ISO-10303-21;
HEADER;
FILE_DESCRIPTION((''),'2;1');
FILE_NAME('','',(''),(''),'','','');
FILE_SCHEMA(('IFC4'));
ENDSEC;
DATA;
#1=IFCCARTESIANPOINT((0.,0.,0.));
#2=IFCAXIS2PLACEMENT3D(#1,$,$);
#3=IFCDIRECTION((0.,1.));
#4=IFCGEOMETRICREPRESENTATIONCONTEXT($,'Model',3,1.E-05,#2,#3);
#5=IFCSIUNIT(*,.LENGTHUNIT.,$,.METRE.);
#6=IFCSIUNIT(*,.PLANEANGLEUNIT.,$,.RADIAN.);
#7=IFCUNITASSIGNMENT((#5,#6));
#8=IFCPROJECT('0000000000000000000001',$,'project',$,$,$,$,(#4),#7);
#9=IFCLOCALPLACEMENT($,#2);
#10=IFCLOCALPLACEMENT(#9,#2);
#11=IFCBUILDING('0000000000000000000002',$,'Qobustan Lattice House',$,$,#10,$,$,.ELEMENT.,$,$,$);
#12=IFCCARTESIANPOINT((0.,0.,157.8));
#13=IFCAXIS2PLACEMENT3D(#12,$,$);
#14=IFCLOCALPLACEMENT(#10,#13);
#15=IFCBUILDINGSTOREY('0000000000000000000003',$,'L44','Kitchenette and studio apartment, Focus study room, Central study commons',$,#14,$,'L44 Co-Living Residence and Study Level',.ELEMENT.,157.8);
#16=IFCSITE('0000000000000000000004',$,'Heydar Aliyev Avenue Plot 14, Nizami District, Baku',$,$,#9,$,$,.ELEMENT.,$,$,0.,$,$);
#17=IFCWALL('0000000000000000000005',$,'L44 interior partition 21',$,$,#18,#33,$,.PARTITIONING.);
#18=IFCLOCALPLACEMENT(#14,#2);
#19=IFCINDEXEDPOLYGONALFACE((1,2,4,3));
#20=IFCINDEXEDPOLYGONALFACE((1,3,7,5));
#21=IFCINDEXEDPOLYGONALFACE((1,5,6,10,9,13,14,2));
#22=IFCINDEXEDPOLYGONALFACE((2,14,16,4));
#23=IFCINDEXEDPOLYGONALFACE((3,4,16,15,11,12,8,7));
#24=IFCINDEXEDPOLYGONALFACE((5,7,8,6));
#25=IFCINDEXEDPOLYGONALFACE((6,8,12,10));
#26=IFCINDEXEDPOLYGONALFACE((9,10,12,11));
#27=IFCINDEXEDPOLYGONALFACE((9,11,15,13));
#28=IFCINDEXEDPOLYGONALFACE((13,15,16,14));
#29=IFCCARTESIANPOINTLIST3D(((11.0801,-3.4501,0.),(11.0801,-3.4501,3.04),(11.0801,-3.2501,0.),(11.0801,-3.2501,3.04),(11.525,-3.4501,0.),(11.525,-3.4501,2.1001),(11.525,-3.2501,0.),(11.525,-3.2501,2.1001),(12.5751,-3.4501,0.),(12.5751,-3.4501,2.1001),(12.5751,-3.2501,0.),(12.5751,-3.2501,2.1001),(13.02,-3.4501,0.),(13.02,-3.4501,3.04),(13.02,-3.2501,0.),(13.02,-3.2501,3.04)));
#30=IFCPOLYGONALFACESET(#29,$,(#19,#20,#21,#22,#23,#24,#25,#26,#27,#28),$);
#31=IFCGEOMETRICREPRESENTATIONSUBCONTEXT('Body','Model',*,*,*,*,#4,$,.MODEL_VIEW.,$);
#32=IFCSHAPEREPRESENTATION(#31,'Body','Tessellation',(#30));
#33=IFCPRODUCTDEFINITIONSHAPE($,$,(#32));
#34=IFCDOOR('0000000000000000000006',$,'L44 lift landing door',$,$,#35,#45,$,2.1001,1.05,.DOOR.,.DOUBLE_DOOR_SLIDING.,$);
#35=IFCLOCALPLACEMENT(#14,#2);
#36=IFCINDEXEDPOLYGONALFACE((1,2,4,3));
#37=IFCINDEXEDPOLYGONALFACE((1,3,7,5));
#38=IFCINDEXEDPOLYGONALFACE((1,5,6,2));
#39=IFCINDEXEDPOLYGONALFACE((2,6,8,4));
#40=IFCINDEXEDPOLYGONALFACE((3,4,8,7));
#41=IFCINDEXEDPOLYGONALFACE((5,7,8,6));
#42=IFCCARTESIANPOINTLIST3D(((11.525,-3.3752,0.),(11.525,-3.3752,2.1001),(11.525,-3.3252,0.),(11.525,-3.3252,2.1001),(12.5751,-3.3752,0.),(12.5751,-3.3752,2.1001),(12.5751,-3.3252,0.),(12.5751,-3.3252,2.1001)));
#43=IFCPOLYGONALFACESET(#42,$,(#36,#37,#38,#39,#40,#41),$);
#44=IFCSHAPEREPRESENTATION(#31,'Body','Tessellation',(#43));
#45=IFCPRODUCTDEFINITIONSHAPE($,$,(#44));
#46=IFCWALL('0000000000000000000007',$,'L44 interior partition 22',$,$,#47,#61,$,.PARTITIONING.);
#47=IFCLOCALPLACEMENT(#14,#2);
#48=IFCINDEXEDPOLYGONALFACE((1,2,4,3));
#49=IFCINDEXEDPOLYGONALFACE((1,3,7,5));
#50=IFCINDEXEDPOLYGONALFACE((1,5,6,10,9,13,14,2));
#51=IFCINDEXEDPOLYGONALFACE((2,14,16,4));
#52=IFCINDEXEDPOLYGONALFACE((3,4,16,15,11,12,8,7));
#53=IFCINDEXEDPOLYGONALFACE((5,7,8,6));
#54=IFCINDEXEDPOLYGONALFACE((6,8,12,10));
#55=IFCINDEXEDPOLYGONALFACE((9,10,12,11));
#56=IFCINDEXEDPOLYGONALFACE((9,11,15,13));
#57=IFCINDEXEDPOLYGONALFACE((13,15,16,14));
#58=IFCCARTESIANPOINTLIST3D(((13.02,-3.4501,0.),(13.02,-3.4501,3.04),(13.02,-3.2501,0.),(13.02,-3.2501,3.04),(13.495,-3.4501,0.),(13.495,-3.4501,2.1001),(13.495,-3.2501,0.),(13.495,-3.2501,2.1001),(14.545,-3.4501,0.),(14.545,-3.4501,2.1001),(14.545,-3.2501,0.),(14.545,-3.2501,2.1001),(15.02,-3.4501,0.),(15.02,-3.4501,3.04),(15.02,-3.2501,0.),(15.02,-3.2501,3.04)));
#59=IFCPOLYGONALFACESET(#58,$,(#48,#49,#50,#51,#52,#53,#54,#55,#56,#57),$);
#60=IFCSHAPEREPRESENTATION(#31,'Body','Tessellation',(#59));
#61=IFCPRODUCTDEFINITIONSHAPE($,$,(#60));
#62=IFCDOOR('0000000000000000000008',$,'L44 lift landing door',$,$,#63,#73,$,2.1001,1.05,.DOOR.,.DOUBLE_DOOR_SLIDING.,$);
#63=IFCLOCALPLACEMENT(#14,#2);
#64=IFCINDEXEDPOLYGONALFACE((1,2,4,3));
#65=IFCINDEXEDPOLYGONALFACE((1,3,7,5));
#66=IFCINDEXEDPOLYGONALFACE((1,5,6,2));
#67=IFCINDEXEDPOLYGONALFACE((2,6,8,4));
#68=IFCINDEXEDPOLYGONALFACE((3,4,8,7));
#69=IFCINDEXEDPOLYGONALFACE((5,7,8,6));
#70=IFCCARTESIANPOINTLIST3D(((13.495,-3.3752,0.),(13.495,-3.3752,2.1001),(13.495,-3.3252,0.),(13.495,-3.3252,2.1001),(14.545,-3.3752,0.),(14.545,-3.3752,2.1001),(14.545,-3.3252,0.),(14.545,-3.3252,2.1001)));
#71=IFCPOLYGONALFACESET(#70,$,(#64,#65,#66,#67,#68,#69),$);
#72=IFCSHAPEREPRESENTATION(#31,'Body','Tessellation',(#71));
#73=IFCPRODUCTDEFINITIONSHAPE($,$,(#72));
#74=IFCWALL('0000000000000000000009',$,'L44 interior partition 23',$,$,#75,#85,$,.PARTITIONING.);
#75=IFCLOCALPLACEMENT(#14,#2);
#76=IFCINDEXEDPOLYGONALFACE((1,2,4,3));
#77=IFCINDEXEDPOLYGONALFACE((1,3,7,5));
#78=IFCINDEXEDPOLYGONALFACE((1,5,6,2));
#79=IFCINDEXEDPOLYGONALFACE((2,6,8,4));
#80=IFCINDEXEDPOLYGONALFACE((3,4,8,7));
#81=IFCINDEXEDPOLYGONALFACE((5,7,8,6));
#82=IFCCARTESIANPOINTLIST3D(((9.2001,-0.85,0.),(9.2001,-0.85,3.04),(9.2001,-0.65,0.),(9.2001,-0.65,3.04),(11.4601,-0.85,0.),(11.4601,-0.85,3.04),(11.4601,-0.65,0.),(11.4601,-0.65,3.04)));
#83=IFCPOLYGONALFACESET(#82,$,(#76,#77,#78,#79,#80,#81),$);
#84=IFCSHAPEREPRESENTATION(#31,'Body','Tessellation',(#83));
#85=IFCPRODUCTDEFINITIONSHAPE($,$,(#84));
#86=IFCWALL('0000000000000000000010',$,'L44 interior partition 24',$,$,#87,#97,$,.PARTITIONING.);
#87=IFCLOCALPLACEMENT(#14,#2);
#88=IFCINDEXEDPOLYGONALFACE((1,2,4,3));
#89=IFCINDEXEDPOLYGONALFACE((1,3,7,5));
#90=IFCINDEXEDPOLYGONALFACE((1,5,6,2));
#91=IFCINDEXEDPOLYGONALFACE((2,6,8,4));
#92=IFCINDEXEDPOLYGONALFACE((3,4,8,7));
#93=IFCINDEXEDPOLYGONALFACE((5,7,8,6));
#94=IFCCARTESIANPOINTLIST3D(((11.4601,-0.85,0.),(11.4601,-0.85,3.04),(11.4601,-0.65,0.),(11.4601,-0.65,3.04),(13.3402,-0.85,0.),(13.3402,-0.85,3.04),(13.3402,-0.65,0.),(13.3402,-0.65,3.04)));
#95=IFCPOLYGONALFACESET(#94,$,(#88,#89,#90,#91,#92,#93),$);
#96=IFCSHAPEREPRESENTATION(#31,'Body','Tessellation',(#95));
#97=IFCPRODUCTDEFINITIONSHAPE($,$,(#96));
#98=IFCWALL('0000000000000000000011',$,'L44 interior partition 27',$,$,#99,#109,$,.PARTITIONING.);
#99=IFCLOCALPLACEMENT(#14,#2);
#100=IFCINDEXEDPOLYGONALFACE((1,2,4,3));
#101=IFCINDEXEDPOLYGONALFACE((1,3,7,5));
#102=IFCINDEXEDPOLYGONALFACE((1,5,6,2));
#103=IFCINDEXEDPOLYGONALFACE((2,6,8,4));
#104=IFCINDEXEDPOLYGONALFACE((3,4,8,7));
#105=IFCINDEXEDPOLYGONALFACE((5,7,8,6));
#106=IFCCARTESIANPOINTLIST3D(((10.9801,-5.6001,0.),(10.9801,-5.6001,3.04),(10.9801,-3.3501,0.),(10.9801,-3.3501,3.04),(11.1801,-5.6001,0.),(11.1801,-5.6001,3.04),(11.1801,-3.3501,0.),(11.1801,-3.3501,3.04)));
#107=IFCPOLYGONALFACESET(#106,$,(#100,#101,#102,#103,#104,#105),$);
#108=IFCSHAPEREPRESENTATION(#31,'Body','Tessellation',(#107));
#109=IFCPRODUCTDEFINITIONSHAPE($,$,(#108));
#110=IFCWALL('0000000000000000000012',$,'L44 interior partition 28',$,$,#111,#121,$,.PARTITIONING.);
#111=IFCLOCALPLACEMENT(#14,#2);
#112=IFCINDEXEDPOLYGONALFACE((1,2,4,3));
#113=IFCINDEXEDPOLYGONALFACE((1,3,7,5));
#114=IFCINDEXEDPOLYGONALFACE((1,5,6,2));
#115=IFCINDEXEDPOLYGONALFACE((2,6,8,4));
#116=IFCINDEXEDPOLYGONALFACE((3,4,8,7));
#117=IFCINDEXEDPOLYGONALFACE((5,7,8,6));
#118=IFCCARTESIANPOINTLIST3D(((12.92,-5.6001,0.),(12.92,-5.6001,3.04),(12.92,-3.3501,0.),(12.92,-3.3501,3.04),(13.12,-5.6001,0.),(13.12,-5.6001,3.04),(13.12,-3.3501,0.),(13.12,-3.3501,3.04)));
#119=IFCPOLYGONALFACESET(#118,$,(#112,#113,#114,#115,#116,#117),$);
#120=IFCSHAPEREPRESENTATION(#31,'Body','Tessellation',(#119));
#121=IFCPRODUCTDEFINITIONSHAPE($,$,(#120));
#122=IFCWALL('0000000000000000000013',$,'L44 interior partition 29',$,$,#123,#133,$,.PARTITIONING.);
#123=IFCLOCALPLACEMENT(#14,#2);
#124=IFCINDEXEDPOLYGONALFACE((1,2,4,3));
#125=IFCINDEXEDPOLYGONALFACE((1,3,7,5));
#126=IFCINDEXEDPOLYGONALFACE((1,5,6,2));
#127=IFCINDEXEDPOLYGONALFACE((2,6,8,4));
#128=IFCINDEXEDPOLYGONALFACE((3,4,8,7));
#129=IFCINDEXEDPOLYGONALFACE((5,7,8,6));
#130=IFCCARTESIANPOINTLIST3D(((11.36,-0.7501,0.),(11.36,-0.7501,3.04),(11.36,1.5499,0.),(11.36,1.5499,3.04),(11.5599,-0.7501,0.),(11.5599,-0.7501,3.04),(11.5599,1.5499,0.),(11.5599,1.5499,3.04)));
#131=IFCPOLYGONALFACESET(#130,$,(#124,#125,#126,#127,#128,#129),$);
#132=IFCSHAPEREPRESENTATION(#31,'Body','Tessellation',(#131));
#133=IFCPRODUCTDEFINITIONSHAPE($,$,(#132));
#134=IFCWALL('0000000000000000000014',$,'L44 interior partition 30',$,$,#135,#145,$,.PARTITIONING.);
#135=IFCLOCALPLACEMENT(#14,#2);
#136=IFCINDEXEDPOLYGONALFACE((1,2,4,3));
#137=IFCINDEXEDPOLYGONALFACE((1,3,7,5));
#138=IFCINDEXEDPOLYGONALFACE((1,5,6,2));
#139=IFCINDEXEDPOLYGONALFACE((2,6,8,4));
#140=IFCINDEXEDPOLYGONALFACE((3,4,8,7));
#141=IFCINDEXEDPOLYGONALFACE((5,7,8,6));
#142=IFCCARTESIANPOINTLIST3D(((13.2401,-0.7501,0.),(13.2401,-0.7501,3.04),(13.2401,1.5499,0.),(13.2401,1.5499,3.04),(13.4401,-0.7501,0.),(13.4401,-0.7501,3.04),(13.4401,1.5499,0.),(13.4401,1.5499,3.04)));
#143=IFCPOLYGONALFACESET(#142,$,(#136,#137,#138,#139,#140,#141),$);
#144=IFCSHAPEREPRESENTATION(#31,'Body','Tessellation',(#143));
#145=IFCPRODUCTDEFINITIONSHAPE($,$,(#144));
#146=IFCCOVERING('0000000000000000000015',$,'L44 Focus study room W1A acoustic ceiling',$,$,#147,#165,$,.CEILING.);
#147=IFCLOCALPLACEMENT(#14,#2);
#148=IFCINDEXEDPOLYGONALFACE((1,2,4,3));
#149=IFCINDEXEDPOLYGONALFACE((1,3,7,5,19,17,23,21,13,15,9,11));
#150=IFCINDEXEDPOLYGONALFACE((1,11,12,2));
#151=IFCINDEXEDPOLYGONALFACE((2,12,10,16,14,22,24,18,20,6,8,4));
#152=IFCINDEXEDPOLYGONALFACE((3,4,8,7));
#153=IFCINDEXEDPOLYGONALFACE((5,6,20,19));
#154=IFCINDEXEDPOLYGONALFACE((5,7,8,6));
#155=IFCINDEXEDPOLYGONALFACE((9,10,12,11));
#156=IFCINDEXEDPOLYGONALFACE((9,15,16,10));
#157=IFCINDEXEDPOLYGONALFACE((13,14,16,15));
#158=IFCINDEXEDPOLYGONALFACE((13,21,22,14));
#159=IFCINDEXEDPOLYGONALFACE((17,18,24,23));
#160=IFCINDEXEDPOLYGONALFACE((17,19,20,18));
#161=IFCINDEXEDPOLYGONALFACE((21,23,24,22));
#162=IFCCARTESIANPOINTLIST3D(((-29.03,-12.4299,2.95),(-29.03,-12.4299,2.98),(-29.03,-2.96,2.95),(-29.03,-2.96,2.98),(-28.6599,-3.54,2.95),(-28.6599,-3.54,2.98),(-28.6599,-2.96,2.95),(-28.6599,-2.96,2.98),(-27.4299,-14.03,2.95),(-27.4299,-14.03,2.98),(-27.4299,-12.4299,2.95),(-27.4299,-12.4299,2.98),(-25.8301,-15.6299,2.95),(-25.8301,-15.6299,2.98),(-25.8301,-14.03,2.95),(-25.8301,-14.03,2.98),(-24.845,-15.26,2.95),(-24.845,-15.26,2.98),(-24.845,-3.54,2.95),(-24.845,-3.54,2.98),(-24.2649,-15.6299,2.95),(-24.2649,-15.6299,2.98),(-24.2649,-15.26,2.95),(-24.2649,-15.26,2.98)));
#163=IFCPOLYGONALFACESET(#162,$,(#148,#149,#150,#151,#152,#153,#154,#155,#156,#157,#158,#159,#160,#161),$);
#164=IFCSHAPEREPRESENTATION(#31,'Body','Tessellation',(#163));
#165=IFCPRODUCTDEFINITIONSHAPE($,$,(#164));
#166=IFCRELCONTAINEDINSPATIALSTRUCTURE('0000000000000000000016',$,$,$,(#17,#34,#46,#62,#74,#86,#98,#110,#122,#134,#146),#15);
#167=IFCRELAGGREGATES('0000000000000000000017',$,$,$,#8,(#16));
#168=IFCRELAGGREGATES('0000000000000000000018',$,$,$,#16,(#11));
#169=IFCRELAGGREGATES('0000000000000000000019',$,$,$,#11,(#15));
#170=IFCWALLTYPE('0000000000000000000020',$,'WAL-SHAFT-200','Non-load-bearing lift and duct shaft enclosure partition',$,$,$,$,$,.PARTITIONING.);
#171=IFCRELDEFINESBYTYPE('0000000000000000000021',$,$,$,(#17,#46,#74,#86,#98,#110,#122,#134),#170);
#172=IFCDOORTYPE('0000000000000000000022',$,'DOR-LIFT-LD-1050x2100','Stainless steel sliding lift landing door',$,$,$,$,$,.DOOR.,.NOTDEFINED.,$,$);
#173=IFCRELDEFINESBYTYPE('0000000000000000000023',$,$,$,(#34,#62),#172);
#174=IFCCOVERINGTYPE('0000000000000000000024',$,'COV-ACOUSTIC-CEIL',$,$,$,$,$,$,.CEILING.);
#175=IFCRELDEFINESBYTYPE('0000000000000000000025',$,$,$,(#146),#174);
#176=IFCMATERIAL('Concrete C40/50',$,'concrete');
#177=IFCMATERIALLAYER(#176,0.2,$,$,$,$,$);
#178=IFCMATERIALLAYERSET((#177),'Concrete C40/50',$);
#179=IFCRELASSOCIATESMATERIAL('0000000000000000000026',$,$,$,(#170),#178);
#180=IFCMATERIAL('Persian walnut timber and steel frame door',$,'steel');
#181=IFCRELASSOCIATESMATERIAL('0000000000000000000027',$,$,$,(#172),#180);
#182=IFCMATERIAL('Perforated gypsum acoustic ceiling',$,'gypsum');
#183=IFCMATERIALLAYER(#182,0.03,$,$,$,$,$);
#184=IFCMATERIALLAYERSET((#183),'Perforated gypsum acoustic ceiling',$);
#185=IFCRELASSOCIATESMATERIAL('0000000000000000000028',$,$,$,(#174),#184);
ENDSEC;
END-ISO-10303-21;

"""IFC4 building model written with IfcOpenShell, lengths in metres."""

from ifc_helpers import new_model, si_unit, direction, frame, frame_2d, origin, place, context, subcontext, project, spatial, polyline, rectangle, outline, extrude, material, layer, layer_set, type_object, element, fill, save


model = new_model("IFC4")

# Units and contexts
model_context = context("Model", 3, precision=1e-05, world=origin(), true_north=direction((0.0, 1.0)))
body_context = subcontext(model_context, "Body", "Model", "MODEL_VIEW")
ifc_project = project(units=[si_unit("LENGTHUNIT", "METRE"), si_unit("PLANEANGLEUNIT", "RADIAN")], contexts=[model_context])

# Site, building, storey
site_placement = place(None, origin())
site = spatial("IfcSite", under=ifc_project, at=site_placement, Name="Heydar Aliyev Avenue Plot 14, Nizami District, Baku", CompositionType="ELEMENT", RefElevation=0.0)
building_placement = place(site_placement, origin())
building = spatial("IfcBuilding", under=site, at=building_placement, Name="Qobustan Lattice House", CompositionType="ELEMENT")
storey_placement = place(building_placement, frame((0.0, 0.0, 157.8)))
storey = spatial("IfcBuildingStorey", under=building, at=storey_placement, Name="L44", Description="Kitchenette and studio apartment, Focus study room, Central study commons", LongName="L44 Co-Living Residence and Study Level", CompositionType="ELEMENT", Elevation=157.8)

# Shared definitions
ifc_material_1 = material(Name="Concrete C40/50", Category="concrete")
ifc_layer_1 = layer(ifc_material_1, 0.2)
ifc_layer_set_1 = layer_set([ifc_layer_1], Name="Concrete C40/50")
wall_type_1 = type_object("IfcWallType", Name="WAL-SHAFT-200", Description="Non-load-bearing lift and duct shaft enclosure partition", PredefinedType="PARTITIONING", material=ifc_layer_set_1)

# Walls, openings, doors
wall_1_placement = place(storey_placement, frame((11.0801, -3.3501, 0.0), z_axis=(0.0, 0.0, 1.0), x_axis=(1.0, 0.0, 0.0)))
wall_1 = element("IfcWall", 1, at=wall_1_placement, inside=storey, type_object=wall_type_1, Name="L44 interior partition 21", PredefinedType="PARTITIONING", context=body_context, shape_type="SweptSolid", body=[
    extrude(rectangle(XDim=1.9399, YDim=0.2, at=frame_2d((0.97, 0.0))), origin(), (0.0, 0.0, 1.0), 3.04),
])
opening_1_placement = place(wall_1_placement, frame((0.4451, 0.0, 0.0)))
opening_1 = element("IfcOpeningElement", 2, at=opening_1_placement, cuts=wall_1, PredefinedType="OPENING", context=body_context, shape_type="SweptSolid", body=[
    extrude(rectangle(XDim=1.05, YDim=2.1001, at=frame_2d((0.5249, 1.05))), frame((0.0, 0.1099, 0.0), z_axis=(0.0, -1.0, 0.0), x_axis=(1.0, 0.0, 0.0)), (0.0, 0.0, 1.0), 0.22),
])
ifc_material_2 = material(Name="Persian walnut timber and steel frame door", Category="steel")
door_type_1 = type_object("IfcDoorType", Name="DOR-LIFT-LD-1050x2100", Description="Stainless steel sliding lift landing door", OperationType="NOTDEFINED", PredefinedType="DOOR", material=ifc_material_2)
door_1_placement = place(opening_1_placement, origin())
door_1 = element("IfcDoor", 3, at=door_1_placement, inside=storey, type_object=door_type_1, Name="L44 lift landing door", OperationType="DOUBLE_DOOR_SLIDING", OverallHeight=2.1001, OverallWidth=1.05, PredefinedType="DOOR", context=body_context, shape_type="SweptSolid", body=[
    extrude(rectangle(XDim=1.05, YDim=2.1001, at=frame_2d((0.5249, 1.05))), frame((0.0, 0.0249, 0.0), z_axis=(0.0, -1.0, 0.0), x_axis=(1.0, 0.0, 0.0)), (0.0, 0.0, 1.0), 0.05),
])
fill(opening_1, door_1)
wall_2_placement = place(storey_placement, frame((13.02, -3.3501, 0.0), z_axis=(0.0, 0.0, 1.0), x_axis=(1.0, 0.0, 0.0)))
wall_2 = element("IfcWall", 4, at=wall_2_placement, inside=storey, type_object=wall_type_1, Name="L44 interior partition 22", PredefinedType="PARTITIONING", context=body_context, shape_type="SweptSolid", body=[
    extrude(rectangle(XDim=2.0, YDim=0.2, at=frame_2d((1.0, 0.0))), origin(), (0.0, 0.0, 1.0), 3.04),
])
opening_2_placement = place(wall_2_placement, frame((0.4751, 0.0, 0.0)))
opening_2 = element("IfcOpeningElement", 5, at=opening_2_placement, cuts=wall_2, PredefinedType="OPENING", context=body_context, shape_type="SweptSolid", body=[
    extrude(rectangle(XDim=1.05, YDim=2.1001, at=frame_2d((0.5249, 1.05))), frame((0.0, 0.1099, 0.0), z_axis=(0.0, -1.0, 0.0), x_axis=(1.0, 0.0, 0.0)), (0.0, 0.0, 1.0), 0.22),
])
door_2_placement = place(opening_2_placement, origin())
door_2 = element("IfcDoor", 6, at=door_2_placement, inside=storey, type_object=door_type_1, Name="L44 lift landing door", OperationType="DOUBLE_DOOR_SLIDING", OverallHeight=2.1001, OverallWidth=1.05, PredefinedType="DOOR", context=body_context, shape_type="SweptSolid", body=[
    extrude(rectangle(XDim=1.05, YDim=2.1001, at=frame_2d((0.5249, 1.05))), frame((0.0, 0.0249, 0.0), z_axis=(0.0, -1.0, 0.0), x_axis=(1.0, 0.0, 0.0)), (0.0, 0.0, 1.0), 0.05),
])
fill(opening_2, door_2)

# Walls
wall_3_placement = place(storey_placement, frame((11.46, -0.75, 0.0), z_axis=(0.0, 0.0, 1.0), x_axis=(-1.0, 0.0, 0.0)))
element("IfcWall", 7, at=wall_3_placement, inside=storey, type_object=wall_type_1, Name="L44 interior partition 23", PredefinedType="PARTITIONING", context=body_context, shape_type="SweptSolid", body=[
    extrude(rectangle(XDim=2.26, YDim=0.2, at=frame_2d((1.1299, 0.0))), origin(), (0.0, 0.0, 1.0), 3.04),
])
wall_4_placement = place(storey_placement, frame((13.3401, -0.75, 0.0), z_axis=(0.0, 0.0, 1.0), x_axis=(-1.0, 0.0, 0.0)))
element("IfcWall", 8, at=wall_4_placement, inside=storey, type_object=wall_type_1, Name="L44 interior partition 24", PredefinedType="PARTITIONING", context=body_context, shape_type="SweptSolid", body=[
    extrude(rectangle(XDim=1.8801, YDim=0.2, at=frame_2d((0.9399, 0.0))), origin(), (0.0, 0.0, 1.0), 3.04),
])
for number, where, z_axis, x_axis, name in (
    (9, (11.0801, -5.6001, 0.0), (0.0, 0.0, 1.0), (0.0, 1.0, 0.0), "L44 interior partition 27"),
    (10, (13.02, -5.6001, 0.0), (0.0, 0.0, 1.0), (0.0, 1.0, 0.0), "L44 interior partition 28"),
):
    element("IfcWall", number, at=place(storey_placement, frame(where, z_axis=z_axis, x_axis=x_axis)), inside=storey, type_object=wall_type_1, Name=name, PredefinedType="PARTITIONING", context=body_context, shape_type="SweptSolid", body=[
        extrude(rectangle(XDim=2.25, YDim=0.2, at=frame_2d((1.125, 0.0))), origin(), (0.0, 0.0, 1.0), 3.04),
    ])
for number, where, z_axis, x_axis, name in (
    (11, (11.46, -0.75, 0.0), (0.0, 0.0, 1.0), (0.0, 1.0, 0.0), "L44 interior partition 29"),
    (12, (13.3401, -0.75, 0.0), (0.0, 0.0, 1.0), (0.0, 1.0, 0.0), "L44 interior partition 30"),
):
    element("IfcWall", number, at=place(storey_placement, frame(where, z_axis=z_axis, x_axis=x_axis)), inside=storey, type_object=wall_type_1, Name=name, PredefinedType="PARTITIONING", context=body_context, shape_type="SweptSolid", body=[
        extrude(rectangle(XDim=2.3, YDim=0.2, at=frame_2d((1.1499, 0.0))), origin(), (0.0, 0.0, 1.0), 3.04),
    ])

# Covering
ifc_material_3 = material(Name="Perforated gypsum acoustic ceiling", Category="gypsum")
ifc_layer_2 = layer(ifc_material_3, 0.03)
ifc_layer_set_2 = layer_set([ifc_layer_2], Name="Perforated gypsum acoustic ceiling")
covering_type = type_object("IfcCoveringType", Name="COV-ACOUSTIC-CEIL", PredefinedType="CEILING", material=ifc_layer_set_2)
covering_placement = place(storey_placement, frame((0.0, 0.0, 2.95)))
element("IfcCovering", 13, at=covering_placement, inside=storey, type_object=covering_type, Name="L44 Focus study room W1A acoustic ceiling", PredefinedType="CEILING", context=body_context, shape_type="SweptSolid", body=[
    extrude(outline(polyline([(-25.8301, -15.6299), (-24.2649, -15.6299), (-24.2649, -15.26), (-24.845, -15.26), (-24.845, -3.54), (-28.6599, -3.54), (-28.6599, -2.96), (-29.03, -2.96), (-29.03, -12.4299), (-27.4299, -12.4299), (-27.4299, -14.03), (-25.8301, -14.03), (-25.8301, -15.6299)])), origin(), (0.0, 0.0, 1.0), 0.03),
])

save(model, "model.ifc")
